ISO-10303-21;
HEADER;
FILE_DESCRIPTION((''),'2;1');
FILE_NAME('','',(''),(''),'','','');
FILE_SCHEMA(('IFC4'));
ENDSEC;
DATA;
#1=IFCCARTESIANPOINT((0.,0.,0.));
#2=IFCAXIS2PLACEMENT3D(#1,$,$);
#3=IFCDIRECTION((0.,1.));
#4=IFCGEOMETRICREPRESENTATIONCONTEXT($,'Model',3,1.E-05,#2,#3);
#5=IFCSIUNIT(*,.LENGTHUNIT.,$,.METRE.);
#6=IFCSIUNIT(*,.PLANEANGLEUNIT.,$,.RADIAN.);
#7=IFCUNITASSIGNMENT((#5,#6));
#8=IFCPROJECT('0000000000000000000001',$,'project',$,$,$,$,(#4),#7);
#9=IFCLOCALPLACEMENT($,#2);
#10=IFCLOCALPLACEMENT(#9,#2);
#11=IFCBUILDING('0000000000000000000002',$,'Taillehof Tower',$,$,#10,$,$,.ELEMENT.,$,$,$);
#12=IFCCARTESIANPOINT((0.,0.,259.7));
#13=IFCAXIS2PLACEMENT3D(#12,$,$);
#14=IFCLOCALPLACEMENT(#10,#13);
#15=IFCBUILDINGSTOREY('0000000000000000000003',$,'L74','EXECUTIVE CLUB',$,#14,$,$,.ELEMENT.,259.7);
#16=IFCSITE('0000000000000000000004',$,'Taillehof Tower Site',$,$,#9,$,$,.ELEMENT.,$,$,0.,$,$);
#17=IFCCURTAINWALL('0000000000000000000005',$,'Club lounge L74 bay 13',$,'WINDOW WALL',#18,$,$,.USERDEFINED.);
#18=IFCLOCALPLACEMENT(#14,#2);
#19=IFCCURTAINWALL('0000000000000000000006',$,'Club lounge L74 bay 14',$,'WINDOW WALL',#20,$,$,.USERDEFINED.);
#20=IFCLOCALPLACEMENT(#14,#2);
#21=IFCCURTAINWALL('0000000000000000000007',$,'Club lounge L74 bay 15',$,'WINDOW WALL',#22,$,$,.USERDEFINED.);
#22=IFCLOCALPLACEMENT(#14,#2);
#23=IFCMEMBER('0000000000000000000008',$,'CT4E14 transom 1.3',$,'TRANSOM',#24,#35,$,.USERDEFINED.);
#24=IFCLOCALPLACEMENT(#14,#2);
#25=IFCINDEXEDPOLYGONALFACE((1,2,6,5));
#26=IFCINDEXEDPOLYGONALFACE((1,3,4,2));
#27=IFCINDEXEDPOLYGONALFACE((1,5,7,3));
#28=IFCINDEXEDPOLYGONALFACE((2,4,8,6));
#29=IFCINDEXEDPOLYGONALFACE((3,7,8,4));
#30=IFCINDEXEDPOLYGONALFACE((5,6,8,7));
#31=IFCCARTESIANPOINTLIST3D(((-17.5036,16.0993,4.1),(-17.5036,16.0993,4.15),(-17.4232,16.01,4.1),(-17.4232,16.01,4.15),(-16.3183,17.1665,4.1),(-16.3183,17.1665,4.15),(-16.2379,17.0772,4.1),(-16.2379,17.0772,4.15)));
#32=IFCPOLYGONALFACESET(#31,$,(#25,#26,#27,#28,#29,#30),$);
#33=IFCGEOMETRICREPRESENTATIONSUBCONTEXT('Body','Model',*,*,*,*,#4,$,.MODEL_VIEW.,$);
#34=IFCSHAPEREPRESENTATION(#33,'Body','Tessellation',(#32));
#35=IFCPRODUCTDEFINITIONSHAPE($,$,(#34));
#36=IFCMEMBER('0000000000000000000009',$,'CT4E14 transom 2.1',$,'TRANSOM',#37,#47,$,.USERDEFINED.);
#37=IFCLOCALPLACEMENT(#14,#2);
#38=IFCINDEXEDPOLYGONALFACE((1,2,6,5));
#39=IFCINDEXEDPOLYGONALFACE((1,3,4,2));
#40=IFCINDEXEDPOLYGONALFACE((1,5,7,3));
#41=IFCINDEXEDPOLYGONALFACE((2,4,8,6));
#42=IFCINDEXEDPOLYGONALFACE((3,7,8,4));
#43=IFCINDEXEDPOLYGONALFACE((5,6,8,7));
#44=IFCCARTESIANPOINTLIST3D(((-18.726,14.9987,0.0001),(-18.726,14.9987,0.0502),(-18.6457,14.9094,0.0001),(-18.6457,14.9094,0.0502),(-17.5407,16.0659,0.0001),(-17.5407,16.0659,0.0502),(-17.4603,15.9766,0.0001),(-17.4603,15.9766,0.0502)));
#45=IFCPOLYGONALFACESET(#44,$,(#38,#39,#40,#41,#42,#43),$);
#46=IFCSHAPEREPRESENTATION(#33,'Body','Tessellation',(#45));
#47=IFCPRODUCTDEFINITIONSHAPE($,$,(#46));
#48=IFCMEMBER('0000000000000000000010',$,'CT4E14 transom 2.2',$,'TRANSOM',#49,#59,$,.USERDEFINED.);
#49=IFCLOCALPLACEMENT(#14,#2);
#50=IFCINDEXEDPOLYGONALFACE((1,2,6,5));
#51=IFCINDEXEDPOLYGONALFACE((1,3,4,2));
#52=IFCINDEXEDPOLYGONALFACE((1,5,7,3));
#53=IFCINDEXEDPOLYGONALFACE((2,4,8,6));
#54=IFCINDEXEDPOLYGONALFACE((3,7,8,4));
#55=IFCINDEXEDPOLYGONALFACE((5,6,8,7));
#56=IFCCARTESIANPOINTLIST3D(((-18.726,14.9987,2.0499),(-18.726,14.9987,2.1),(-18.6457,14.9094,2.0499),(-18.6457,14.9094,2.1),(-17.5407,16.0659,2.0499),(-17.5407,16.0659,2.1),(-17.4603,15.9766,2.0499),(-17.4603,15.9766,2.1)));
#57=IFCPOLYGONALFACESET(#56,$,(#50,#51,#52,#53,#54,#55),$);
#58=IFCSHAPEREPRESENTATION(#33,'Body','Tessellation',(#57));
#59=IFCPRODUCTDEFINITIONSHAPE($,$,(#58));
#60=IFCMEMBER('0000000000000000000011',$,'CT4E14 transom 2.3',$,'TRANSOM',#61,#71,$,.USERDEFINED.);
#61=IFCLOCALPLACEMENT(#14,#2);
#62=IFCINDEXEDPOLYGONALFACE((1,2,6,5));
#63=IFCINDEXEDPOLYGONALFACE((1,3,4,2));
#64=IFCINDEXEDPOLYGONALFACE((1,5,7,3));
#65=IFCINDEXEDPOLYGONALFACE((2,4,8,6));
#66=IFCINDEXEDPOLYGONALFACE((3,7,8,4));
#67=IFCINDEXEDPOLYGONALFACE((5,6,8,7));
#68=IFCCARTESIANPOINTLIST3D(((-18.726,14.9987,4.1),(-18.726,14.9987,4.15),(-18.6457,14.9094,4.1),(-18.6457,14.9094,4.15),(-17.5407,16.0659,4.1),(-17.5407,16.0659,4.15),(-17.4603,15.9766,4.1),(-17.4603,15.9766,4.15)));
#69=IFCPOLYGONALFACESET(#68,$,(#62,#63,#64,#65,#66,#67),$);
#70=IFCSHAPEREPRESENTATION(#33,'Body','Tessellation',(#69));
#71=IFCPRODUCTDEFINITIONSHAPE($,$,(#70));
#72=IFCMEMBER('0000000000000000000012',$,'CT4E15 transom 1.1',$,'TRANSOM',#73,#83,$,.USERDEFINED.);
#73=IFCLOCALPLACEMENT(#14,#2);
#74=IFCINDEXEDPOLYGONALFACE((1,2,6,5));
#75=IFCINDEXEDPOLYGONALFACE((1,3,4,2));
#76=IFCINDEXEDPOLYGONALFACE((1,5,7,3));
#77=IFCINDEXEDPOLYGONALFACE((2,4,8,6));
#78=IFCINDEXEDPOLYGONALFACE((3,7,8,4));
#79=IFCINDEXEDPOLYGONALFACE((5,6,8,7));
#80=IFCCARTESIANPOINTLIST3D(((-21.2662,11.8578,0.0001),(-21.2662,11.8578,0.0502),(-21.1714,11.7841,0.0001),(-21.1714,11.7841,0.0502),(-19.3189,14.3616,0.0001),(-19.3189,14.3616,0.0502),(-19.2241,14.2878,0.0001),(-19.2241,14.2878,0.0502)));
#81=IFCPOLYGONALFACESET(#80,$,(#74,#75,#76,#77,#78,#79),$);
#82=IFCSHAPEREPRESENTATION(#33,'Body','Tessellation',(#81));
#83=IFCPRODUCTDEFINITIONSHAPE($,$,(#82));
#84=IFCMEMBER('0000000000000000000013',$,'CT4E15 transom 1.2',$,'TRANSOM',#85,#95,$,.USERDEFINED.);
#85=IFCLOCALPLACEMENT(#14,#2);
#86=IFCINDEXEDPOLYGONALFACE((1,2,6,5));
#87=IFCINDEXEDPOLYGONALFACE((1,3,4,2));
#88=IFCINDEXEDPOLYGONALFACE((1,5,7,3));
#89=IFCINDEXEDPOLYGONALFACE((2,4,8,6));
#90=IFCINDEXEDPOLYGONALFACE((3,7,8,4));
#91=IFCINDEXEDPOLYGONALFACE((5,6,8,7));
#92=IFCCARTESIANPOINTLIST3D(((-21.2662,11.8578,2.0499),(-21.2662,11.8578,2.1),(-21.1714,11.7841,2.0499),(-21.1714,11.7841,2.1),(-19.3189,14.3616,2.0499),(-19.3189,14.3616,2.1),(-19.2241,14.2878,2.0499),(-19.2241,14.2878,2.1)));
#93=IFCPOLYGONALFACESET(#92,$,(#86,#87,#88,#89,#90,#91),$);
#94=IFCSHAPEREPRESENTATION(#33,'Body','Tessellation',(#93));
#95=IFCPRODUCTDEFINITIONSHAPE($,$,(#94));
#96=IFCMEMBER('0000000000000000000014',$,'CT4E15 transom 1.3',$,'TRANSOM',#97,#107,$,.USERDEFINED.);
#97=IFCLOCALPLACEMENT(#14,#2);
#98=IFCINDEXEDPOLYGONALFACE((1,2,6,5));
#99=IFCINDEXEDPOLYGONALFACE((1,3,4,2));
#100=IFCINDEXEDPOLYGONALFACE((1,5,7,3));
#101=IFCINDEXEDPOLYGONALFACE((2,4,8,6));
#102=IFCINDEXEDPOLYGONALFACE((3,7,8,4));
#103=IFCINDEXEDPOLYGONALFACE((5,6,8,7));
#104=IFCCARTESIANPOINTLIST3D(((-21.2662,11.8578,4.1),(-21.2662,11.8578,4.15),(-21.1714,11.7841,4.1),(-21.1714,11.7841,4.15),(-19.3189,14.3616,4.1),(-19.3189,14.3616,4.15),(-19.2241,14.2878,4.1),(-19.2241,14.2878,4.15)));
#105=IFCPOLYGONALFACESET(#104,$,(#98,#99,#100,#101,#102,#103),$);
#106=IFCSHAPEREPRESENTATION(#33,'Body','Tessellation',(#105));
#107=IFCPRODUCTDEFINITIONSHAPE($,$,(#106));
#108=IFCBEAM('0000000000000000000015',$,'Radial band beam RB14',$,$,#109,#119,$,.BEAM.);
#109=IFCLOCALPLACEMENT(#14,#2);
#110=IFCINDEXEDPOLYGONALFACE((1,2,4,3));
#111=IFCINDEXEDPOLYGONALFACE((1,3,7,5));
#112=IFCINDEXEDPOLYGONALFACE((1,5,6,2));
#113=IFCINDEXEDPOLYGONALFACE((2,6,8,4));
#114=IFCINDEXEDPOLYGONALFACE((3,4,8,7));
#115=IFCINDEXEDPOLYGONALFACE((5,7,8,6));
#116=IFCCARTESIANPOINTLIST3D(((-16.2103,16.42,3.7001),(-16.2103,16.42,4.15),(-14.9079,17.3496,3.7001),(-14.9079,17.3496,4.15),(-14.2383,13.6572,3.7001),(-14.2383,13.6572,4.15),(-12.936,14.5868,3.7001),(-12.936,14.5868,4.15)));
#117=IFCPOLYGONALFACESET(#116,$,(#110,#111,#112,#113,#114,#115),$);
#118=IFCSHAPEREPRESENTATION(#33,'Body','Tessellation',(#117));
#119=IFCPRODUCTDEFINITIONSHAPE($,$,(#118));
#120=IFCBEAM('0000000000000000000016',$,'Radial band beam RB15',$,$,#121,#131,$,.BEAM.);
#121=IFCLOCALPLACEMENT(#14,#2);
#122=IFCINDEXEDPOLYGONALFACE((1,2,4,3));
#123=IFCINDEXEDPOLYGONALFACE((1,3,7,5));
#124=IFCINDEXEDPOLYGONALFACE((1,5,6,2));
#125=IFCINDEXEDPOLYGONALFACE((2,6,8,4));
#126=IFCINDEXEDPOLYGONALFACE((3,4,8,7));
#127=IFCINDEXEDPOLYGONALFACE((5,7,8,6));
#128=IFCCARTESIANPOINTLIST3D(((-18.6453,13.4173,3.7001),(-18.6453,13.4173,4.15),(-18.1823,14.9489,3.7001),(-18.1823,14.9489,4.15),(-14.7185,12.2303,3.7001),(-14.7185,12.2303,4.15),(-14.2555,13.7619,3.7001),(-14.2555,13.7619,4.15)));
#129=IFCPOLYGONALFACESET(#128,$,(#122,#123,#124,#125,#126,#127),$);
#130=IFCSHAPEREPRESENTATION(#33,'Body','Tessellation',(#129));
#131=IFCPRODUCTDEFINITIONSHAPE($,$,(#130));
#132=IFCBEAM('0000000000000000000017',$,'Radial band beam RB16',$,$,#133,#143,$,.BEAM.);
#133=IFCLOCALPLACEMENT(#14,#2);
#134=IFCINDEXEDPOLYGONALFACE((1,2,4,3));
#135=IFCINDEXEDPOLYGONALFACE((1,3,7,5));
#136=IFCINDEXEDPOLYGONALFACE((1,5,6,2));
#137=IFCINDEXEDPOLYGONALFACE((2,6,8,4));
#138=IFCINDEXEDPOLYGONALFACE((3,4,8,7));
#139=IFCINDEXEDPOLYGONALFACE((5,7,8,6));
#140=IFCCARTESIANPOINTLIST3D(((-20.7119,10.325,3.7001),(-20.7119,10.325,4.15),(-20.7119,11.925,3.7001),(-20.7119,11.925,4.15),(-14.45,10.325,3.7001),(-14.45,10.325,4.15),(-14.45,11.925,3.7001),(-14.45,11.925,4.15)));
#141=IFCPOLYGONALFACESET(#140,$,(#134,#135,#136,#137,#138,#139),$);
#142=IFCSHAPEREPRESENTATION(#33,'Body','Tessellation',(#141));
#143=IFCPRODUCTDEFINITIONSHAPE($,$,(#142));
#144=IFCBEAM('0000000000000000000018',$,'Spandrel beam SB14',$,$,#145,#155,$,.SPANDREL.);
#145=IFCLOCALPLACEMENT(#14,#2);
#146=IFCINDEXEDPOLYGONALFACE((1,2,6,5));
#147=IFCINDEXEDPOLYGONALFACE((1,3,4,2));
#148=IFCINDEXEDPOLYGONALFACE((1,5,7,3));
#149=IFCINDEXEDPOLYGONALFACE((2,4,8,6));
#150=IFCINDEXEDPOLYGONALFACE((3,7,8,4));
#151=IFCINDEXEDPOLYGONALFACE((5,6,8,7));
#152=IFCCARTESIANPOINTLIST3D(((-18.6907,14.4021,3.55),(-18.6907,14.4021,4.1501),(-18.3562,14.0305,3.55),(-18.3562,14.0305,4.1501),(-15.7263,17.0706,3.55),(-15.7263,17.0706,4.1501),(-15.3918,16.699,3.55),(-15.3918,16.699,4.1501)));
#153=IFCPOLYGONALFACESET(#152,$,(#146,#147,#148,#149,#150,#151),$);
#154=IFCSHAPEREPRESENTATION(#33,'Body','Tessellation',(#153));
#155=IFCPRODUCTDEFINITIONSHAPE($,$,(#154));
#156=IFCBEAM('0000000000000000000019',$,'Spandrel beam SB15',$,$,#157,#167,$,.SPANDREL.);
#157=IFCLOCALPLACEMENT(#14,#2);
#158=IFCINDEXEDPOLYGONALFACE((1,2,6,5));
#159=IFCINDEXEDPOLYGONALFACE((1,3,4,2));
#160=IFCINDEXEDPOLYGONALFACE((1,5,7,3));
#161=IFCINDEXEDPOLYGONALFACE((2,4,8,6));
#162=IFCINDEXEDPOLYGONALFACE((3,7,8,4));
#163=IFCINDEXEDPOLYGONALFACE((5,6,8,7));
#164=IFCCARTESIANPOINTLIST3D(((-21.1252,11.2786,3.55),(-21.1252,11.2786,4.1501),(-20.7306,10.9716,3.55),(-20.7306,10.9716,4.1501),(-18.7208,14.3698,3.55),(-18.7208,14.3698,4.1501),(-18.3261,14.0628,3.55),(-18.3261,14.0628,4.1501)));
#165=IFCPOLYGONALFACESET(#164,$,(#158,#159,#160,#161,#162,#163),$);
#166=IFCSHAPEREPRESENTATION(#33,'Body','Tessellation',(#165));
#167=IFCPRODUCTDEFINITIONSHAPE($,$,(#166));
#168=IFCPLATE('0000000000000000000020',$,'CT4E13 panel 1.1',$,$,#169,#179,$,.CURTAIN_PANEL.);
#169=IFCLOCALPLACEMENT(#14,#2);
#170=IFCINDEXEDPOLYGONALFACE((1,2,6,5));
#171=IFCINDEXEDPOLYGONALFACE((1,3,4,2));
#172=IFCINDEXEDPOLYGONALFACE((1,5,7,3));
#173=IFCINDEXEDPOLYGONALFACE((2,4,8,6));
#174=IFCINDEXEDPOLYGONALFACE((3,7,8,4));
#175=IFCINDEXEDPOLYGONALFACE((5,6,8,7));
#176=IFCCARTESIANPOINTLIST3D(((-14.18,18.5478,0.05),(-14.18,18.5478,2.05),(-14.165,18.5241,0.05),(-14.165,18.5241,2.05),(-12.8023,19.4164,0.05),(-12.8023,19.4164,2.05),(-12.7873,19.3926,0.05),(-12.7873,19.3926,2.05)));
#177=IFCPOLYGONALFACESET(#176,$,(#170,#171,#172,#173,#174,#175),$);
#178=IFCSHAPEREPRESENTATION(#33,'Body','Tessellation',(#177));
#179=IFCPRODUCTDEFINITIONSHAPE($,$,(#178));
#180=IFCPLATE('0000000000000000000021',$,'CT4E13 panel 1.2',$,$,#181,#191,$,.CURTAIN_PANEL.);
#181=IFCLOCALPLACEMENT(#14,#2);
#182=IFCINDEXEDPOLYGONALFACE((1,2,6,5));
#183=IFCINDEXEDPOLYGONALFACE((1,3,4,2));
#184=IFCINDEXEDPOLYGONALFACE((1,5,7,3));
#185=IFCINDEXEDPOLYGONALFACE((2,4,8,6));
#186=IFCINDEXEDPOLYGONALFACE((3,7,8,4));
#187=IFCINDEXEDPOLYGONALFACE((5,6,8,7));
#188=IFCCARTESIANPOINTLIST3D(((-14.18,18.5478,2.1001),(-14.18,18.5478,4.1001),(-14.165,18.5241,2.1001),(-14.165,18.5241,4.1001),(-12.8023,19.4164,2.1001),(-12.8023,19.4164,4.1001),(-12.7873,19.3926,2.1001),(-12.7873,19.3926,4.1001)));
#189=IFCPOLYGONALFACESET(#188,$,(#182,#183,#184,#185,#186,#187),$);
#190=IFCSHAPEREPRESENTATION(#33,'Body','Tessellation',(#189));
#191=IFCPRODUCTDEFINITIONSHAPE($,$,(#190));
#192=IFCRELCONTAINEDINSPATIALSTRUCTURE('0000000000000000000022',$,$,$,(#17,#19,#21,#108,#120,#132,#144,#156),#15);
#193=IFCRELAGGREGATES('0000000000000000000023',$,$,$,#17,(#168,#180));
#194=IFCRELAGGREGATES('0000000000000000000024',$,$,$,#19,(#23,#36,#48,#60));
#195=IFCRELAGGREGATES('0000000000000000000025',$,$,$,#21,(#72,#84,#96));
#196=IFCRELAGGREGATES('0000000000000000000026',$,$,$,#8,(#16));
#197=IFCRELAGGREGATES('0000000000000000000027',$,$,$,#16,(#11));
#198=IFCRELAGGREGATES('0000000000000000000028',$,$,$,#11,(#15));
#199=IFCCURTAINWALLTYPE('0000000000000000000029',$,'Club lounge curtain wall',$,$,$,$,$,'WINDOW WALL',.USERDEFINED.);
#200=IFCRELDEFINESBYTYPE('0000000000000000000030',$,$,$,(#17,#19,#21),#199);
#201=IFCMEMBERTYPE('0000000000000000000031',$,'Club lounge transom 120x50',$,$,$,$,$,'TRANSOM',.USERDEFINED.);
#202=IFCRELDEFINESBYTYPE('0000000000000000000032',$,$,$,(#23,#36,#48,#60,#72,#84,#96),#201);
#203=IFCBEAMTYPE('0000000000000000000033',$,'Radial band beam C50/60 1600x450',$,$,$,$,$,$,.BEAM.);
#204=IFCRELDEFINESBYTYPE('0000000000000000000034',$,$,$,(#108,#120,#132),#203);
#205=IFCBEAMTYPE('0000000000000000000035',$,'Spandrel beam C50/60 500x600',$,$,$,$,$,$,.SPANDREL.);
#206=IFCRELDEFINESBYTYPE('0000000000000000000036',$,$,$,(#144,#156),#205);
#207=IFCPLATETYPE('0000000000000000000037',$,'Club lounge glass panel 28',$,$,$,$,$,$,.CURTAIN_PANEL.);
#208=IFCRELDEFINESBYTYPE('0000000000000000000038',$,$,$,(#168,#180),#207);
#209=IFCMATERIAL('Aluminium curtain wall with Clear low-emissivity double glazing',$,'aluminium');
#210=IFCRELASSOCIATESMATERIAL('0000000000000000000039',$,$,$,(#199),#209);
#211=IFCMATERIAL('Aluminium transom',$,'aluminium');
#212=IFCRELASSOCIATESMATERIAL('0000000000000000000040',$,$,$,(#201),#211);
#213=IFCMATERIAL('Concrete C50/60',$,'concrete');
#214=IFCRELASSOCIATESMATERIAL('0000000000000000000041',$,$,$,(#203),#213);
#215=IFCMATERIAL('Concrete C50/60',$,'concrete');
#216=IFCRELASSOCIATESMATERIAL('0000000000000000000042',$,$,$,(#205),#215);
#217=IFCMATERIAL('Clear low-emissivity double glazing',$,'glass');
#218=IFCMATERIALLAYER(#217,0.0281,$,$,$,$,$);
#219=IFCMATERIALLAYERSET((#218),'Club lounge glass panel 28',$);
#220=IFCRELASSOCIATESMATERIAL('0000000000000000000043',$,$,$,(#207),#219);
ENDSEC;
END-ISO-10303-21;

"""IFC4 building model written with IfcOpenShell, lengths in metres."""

from ifc_helpers import new_model, si_unit, direction, frame, origin, origin_2d, place, context, subcontext, project, spatial, rectangle, extrude, material, layer, layer_set, material_profile, profile_set, type_object, element, aggregate, save


model = new_model("IFC4")

# Units and contexts
model_context = context("Model", 3, precision=1e-05, world=origin(), true_north=direction((0.0, 1.0)))
body_context = subcontext(model_context, "Body", "Model", "MODEL_VIEW")
ifc_project = project(units=[si_unit("LENGTHUNIT", "METRE"), si_unit("PLANEANGLEUNIT", "RADIAN")], contexts=[model_context])

# Site, building, storey
site_placement = place(None, origin())
site = spatial("IfcSite", under=ifc_project, at=site_placement, Name="Taillehof Tower Site", CompositionType="ELEMENT", RefElevation=0.0)
building_placement = place(site_placement, origin())
building = spatial("IfcBuilding", under=site, at=building_placement, Name="Taillehof Tower", CompositionType="ELEMENT")
storey_placement = place(building_placement, frame((0.0, 0.0, 259.7)))
storey = spatial("IfcBuildingStorey", under=building, at=storey_placement, Name="L74", Description="EXECUTIVE CLUB", CompositionType="ELEMENT", Elevation=259.7)

# Curtain walls
ifc_material_1 = material(Name="Aluminium curtain wall with Clear low-emissivity double glazing", Category="aluminium")
curtain_wall_type = type_object("IfcCurtainWallType", Name="Club lounge curtain wall", ElementType="WINDOW WALL", PredefinedType="USERDEFINED", material=ifc_material_1)
curtain_wall_1_placement = place(storey_placement, origin())
curtain_wall_1 = element("IfcCurtainWall", 1, at=curtain_wall_1_placement, inside=storey, type_object=curtain_wall_type, Name="Club lounge L74 bay 13", ObjectType="WINDOW WALL", PredefinedType="USERDEFINED")
curtain_wall_2_placement = place(storey_placement, origin())
curtain_wall_2 = element("IfcCurtainWall", 2, at=curtain_wall_2_placement, inside=storey, type_object=curtain_wall_type, Name="Club lounge L74 bay 14", ObjectType="WINDOW WALL", PredefinedType="USERDEFINED")
curtain_wall_3_placement = place(storey_placement, origin())
curtain_wall_3 = element("IfcCurtainWall", 3, at=curtain_wall_3_placement, inside=storey, type_object=curtain_wall_type, Name="Club lounge L74 bay 15", ObjectType="WINDOW WALL", PredefinedType="USERDEFINED")

# Members
ifc_material_2 = material(Name="Aluminium transom", Category="aluminium")
ifc_material_profile_1 = material_profile(ifc_material_2, rectangle(XDim=0.1201, YDim=0.05, at=origin_2d()), Name="AL 120x50")
ifc_profile_set_1 = profile_set([ifc_material_profile_1], Name="Aluminium transom")
member_type_1 = type_object("IfcMemberType", Name="Club lounge transom 120x50", ElementType="TRANSOM", PredefinedType="USERDEFINED", material=ifc_profile_set_1)
member_1_placement = place(storey_placement, frame((-16.2781, 17.1218, 4.125), z_axis=(-0.74318, -0.669092, 0.0), x_axis=(0.669092, -0.74318, 0.0)))
member_1 = element("IfcMember", 4, at=member_1_placement, type_object=member_type_1, Name="CT4E14 transom 1.3", ObjectType="TRANSOM", PredefinedType="USERDEFINED", context=body_context, shape_type="SweptSolid", body=[
    extrude(rectangle(XDim=0.1201, YDim=0.05, at=origin_2d()), origin(), (0.0, 0.0, 1.0), 1.595),
])
member_2_placement = place(storey_placement, frame((-17.5005, 16.0212, 0.0251), z_axis=(-0.74318, -0.669092, 0.0), x_axis=(0.669092, -0.74318, 0.0)))
member_2 = element("IfcMember", 5, at=member_2_placement, type_object=member_type_1, Name="CT4E14 transom 2.1", ObjectType="TRANSOM", PredefinedType="USERDEFINED", context=body_context, shape_type="SweptSolid", body=[
    extrude(rectangle(XDim=0.1201, YDim=0.05, at=origin_2d()), origin(), (0.0, 0.0, 1.0), 1.595),
])
member_3_placement = place(storey_placement, frame((-17.5005, 16.0212, 2.075), z_axis=(-0.74318, -0.669092, 0.0), x_axis=(0.669092, -0.74318, 0.0)))
member_3 = element("IfcMember", 6, at=member_3_placement, type_object=member_type_1, Name="CT4E14 transom 2.2", ObjectType="TRANSOM", PredefinedType="USERDEFINED", context=body_context, shape_type="SweptSolid", body=[
    extrude(rectangle(XDim=0.1201, YDim=0.05, at=origin_2d()), origin(), (0.0, 0.0, 1.0), 1.595),
])
member_4_placement = place(storey_placement, frame((-17.5005, 16.0212, 4.125), z_axis=(-0.74318, -0.669092, 0.0), x_axis=(0.669092, -0.74318, 0.0)))
member_4 = element("IfcMember", 7, at=member_4_placement, type_object=member_type_1, Name="CT4E14 transom 2.3", ObjectType="TRANSOM", PredefinedType="USERDEFINED", context=body_context, shape_type="SweptSolid", body=[
    extrude(rectangle(XDim=0.1201, YDim=0.05, at=origin_2d()), origin(), (0.0, 0.0, 1.0), 1.595),
])
member_5_placement = place(storey_placement, frame((-19.2715, 14.3247, 0.0251), z_axis=(-0.613935, -0.789356, 0.0), x_axis=(0.789356, -0.613935, 0.0)))
member_5 = element("IfcMember", 8, at=member_5_placement, type_object=member_type_1, Name="CT4E15 transom 1.1", ObjectType="TRANSOM", PredefinedType="USERDEFINED", context=body_context, shape_type="SweptSolid", body=[
    extrude(rectangle(XDim=0.1201, YDim=0.05, at=origin_2d()), origin(), (0.0, 0.0, 1.0), 3.1719),
])
member_6_placement = place(storey_placement, frame((-19.2715, 14.3247, 2.075), z_axis=(-0.613935, -0.789356, 0.0), x_axis=(0.789356, -0.613935, 0.0)))
member_6 = element("IfcMember", 9, at=member_6_placement, type_object=member_type_1, Name="CT4E15 transom 1.2", ObjectType="TRANSOM", PredefinedType="USERDEFINED", context=body_context, shape_type="SweptSolid", body=[
    extrude(rectangle(XDim=0.1201, YDim=0.05, at=origin_2d()), origin(), (0.0, 0.0, 1.0), 3.1719),
])
member_7_placement = place(storey_placement, frame((-19.2715, 14.3247, 4.125), z_axis=(-0.613935, -0.789356, 0.0), x_axis=(0.789356, -0.613935, 0.0)))
member_7 = element("IfcMember", 10, at=member_7_placement, type_object=member_type_1, Name="CT4E15 transom 1.3", ObjectType="TRANSOM", PredefinedType="USERDEFINED", context=body_context, shape_type="SweptSolid", body=[
    extrude(rectangle(XDim=0.1201, YDim=0.05, at=origin_2d()), origin(), (0.0, 0.0, 1.0), 3.1719),
])

# Beams
ifc_material_3 = material(Name="Concrete C50/60", Category="concrete")
ifc_material_profile_2 = material_profile(ifc_material_3, rectangle(XDim=1.6001, YDim=0.45, at=origin_2d()), Name="RC 1600x450")
ifc_profile_set_2 = profile_set([ifc_material_profile_2], Name="Concrete C50/60")
beam_type_1 = type_object("IfcBeamType", Name="Radial band beam C50/60 1600x450", PredefinedType="BEAM", material=ifc_profile_set_2)
beam_1_placement = place(storey_placement, frame((-15.5591, 16.8848, 3.925), z_axis=(0.580959, -0.813933, 0.0), x_axis=(0.813933, 0.580959, 0.0)))
element("IfcBeam", 11, at=beam_1_placement, inside=storey, type_object=beam_type_1, Name="Radial band beam RB14", PredefinedType="BEAM", context=body_context, shape_type="SweptSolid", body=[
    extrude(rectangle(XDim=1.6001, YDim=0.45, at=origin_2d()), origin(), (0.0, 0.0, 1.0), 3.3943),
])
beam_2_placement = place(storey_placement, frame((-18.4138, 14.1831, 3.925), z_axis=(0.957221, -0.289357, 0.0), x_axis=(0.289357, 0.957221, 0.0)))
element("IfcBeam", 12, at=beam_2_placement, inside=storey, type_object=beam_type_1, Name="Radial band beam RB15", PredefinedType="BEAM", context=body_context, shape_type="SweptSolid", body=[
    extrude(rectangle(XDim=1.6001, YDim=0.45, at=origin_2d()), origin(), (0.0, 0.0, 1.0), 4.1023),
])
beam_3_placement = place(storey_placement, frame((-20.7119, 11.125, 3.925), z_axis=(1.0, 0.0, 0.0), x_axis=(0.0, 1.0, 0.0)))
element("IfcBeam", 13, at=beam_3_placement, inside=storey, type_object=beam_type_1, Name="Radial band beam RB16", PredefinedType="BEAM", context=body_context, shape_type="SweptSolid", body=[
    extrude(rectangle(XDim=1.6001, YDim=0.45, at=origin_2d()), origin(), (0.0, 0.0, 1.0), 6.262),
])
ifc_material_4 = material(Name="Concrete C50/60", Category="concrete")
ifc_material_profile_3 = material_profile(ifc_material_4, rectangle(XDim=0.5, YDim=0.6001, at=origin_2d()), Name="RC 500x600")
ifc_profile_set_3 = profile_set([ifc_material_profile_3], Name="Concrete C50/60")
beam_type_2 = type_object("IfcBeamType", Name="Spandrel beam C50/60 500x600", PredefinedType="SPANDREL", material=ifc_profile_set_3)
beam_4_placement = place(storey_placement, frame((-15.5591, 16.8848, 3.8501), z_axis=(-0.743227, -0.669039, 0.0), x_axis=(0.669039, -0.743227, 0.0)))
element("IfcBeam", 14, at=beam_4_placement, inside=storey, type_object=beam_type_2, Name="Spandrel beam SB14", PredefinedType="SPANDREL", context=body_context, shape_type="SweptSolid", body=[
    extrude(rectangle(XDim=0.5, YDim=0.6001, at=origin_2d()), origin(), (0.0, 0.0, 1.0), 3.9885),
])
beam_5_placement = place(storey_placement, frame((-18.5234, 14.2163, 3.8501), z_axis=(-0.613971, -0.789329, 0.0), x_axis=(0.789329, -0.613971, 0.0)))
element("IfcBeam", 15, at=beam_5_placement, inside=storey, type_object=beam_type_2, Name="Spandrel beam SB15", PredefinedType="SPANDREL", context=body_context, shape_type="SweptSolid", body=[
    extrude(rectangle(XDim=0.5, YDim=0.6001, at=origin_2d()), origin(), (0.0, 0.0, 1.0), 3.9163),
])

# Plates
ifc_material_5 = material(Name="Clear low-emissivity double glazing", Category="glass")
ifc_layer_1 = layer(ifc_material_5, 0.0281)
ifc_layer_set_1 = layer_set([ifc_layer_1], Name="Club lounge glass panel 28")
plate_type = type_object("IfcPlateType", Name="Club lounge glass panel 28", PredefinedType="CURTAIN_PANEL", material=ifc_layer_set_1)
plate_1_placement = place(storey_placement, frame((-13.4836, 18.9702, 0.05), z_axis=(0.0, 0.0, 1.0), x_axis=(-0.84593, -0.533294, 0.0)))
plate_1 = element("IfcPlate", 16, at=plate_1_placement, type_object=plate_type, Name="CT4E13 panel 1.1", PredefinedType="CURTAIN_PANEL", context=body_context, shape_type="SweptSolid", body=[
    extrude(rectangle(XDim=1.6287, YDim=0.0281, at=origin_2d()), origin(), (0.0, 0.0, 1.0), 2.0),
])
plate_2_placement = place(storey_placement, frame((-13.4836, 18.9702, 2.1001), z_axis=(0.0, 0.0, 1.0), x_axis=(-0.84593, -0.533294, 0.0)))
plate_2 = element("IfcPlate", 17, at=plate_2_placement, type_object=plate_type, Name="CT4E13 panel 1.2", PredefinedType="CURTAIN_PANEL", context=body_context, shape_type="SweptSolid", body=[
    extrude(rectangle(XDim=1.6287, YDim=0.0281, at=origin_2d()), origin(), (0.0, 0.0, 1.0), 2.0),
])
aggregate(curtain_wall_1, [plate_1, plate_2])
aggregate(curtain_wall_2, [member_1, member_2, member_3, member_4])
aggregate(curtain_wall_3, [member_5, member_6, member_7])

save(model, "model.ifc")
